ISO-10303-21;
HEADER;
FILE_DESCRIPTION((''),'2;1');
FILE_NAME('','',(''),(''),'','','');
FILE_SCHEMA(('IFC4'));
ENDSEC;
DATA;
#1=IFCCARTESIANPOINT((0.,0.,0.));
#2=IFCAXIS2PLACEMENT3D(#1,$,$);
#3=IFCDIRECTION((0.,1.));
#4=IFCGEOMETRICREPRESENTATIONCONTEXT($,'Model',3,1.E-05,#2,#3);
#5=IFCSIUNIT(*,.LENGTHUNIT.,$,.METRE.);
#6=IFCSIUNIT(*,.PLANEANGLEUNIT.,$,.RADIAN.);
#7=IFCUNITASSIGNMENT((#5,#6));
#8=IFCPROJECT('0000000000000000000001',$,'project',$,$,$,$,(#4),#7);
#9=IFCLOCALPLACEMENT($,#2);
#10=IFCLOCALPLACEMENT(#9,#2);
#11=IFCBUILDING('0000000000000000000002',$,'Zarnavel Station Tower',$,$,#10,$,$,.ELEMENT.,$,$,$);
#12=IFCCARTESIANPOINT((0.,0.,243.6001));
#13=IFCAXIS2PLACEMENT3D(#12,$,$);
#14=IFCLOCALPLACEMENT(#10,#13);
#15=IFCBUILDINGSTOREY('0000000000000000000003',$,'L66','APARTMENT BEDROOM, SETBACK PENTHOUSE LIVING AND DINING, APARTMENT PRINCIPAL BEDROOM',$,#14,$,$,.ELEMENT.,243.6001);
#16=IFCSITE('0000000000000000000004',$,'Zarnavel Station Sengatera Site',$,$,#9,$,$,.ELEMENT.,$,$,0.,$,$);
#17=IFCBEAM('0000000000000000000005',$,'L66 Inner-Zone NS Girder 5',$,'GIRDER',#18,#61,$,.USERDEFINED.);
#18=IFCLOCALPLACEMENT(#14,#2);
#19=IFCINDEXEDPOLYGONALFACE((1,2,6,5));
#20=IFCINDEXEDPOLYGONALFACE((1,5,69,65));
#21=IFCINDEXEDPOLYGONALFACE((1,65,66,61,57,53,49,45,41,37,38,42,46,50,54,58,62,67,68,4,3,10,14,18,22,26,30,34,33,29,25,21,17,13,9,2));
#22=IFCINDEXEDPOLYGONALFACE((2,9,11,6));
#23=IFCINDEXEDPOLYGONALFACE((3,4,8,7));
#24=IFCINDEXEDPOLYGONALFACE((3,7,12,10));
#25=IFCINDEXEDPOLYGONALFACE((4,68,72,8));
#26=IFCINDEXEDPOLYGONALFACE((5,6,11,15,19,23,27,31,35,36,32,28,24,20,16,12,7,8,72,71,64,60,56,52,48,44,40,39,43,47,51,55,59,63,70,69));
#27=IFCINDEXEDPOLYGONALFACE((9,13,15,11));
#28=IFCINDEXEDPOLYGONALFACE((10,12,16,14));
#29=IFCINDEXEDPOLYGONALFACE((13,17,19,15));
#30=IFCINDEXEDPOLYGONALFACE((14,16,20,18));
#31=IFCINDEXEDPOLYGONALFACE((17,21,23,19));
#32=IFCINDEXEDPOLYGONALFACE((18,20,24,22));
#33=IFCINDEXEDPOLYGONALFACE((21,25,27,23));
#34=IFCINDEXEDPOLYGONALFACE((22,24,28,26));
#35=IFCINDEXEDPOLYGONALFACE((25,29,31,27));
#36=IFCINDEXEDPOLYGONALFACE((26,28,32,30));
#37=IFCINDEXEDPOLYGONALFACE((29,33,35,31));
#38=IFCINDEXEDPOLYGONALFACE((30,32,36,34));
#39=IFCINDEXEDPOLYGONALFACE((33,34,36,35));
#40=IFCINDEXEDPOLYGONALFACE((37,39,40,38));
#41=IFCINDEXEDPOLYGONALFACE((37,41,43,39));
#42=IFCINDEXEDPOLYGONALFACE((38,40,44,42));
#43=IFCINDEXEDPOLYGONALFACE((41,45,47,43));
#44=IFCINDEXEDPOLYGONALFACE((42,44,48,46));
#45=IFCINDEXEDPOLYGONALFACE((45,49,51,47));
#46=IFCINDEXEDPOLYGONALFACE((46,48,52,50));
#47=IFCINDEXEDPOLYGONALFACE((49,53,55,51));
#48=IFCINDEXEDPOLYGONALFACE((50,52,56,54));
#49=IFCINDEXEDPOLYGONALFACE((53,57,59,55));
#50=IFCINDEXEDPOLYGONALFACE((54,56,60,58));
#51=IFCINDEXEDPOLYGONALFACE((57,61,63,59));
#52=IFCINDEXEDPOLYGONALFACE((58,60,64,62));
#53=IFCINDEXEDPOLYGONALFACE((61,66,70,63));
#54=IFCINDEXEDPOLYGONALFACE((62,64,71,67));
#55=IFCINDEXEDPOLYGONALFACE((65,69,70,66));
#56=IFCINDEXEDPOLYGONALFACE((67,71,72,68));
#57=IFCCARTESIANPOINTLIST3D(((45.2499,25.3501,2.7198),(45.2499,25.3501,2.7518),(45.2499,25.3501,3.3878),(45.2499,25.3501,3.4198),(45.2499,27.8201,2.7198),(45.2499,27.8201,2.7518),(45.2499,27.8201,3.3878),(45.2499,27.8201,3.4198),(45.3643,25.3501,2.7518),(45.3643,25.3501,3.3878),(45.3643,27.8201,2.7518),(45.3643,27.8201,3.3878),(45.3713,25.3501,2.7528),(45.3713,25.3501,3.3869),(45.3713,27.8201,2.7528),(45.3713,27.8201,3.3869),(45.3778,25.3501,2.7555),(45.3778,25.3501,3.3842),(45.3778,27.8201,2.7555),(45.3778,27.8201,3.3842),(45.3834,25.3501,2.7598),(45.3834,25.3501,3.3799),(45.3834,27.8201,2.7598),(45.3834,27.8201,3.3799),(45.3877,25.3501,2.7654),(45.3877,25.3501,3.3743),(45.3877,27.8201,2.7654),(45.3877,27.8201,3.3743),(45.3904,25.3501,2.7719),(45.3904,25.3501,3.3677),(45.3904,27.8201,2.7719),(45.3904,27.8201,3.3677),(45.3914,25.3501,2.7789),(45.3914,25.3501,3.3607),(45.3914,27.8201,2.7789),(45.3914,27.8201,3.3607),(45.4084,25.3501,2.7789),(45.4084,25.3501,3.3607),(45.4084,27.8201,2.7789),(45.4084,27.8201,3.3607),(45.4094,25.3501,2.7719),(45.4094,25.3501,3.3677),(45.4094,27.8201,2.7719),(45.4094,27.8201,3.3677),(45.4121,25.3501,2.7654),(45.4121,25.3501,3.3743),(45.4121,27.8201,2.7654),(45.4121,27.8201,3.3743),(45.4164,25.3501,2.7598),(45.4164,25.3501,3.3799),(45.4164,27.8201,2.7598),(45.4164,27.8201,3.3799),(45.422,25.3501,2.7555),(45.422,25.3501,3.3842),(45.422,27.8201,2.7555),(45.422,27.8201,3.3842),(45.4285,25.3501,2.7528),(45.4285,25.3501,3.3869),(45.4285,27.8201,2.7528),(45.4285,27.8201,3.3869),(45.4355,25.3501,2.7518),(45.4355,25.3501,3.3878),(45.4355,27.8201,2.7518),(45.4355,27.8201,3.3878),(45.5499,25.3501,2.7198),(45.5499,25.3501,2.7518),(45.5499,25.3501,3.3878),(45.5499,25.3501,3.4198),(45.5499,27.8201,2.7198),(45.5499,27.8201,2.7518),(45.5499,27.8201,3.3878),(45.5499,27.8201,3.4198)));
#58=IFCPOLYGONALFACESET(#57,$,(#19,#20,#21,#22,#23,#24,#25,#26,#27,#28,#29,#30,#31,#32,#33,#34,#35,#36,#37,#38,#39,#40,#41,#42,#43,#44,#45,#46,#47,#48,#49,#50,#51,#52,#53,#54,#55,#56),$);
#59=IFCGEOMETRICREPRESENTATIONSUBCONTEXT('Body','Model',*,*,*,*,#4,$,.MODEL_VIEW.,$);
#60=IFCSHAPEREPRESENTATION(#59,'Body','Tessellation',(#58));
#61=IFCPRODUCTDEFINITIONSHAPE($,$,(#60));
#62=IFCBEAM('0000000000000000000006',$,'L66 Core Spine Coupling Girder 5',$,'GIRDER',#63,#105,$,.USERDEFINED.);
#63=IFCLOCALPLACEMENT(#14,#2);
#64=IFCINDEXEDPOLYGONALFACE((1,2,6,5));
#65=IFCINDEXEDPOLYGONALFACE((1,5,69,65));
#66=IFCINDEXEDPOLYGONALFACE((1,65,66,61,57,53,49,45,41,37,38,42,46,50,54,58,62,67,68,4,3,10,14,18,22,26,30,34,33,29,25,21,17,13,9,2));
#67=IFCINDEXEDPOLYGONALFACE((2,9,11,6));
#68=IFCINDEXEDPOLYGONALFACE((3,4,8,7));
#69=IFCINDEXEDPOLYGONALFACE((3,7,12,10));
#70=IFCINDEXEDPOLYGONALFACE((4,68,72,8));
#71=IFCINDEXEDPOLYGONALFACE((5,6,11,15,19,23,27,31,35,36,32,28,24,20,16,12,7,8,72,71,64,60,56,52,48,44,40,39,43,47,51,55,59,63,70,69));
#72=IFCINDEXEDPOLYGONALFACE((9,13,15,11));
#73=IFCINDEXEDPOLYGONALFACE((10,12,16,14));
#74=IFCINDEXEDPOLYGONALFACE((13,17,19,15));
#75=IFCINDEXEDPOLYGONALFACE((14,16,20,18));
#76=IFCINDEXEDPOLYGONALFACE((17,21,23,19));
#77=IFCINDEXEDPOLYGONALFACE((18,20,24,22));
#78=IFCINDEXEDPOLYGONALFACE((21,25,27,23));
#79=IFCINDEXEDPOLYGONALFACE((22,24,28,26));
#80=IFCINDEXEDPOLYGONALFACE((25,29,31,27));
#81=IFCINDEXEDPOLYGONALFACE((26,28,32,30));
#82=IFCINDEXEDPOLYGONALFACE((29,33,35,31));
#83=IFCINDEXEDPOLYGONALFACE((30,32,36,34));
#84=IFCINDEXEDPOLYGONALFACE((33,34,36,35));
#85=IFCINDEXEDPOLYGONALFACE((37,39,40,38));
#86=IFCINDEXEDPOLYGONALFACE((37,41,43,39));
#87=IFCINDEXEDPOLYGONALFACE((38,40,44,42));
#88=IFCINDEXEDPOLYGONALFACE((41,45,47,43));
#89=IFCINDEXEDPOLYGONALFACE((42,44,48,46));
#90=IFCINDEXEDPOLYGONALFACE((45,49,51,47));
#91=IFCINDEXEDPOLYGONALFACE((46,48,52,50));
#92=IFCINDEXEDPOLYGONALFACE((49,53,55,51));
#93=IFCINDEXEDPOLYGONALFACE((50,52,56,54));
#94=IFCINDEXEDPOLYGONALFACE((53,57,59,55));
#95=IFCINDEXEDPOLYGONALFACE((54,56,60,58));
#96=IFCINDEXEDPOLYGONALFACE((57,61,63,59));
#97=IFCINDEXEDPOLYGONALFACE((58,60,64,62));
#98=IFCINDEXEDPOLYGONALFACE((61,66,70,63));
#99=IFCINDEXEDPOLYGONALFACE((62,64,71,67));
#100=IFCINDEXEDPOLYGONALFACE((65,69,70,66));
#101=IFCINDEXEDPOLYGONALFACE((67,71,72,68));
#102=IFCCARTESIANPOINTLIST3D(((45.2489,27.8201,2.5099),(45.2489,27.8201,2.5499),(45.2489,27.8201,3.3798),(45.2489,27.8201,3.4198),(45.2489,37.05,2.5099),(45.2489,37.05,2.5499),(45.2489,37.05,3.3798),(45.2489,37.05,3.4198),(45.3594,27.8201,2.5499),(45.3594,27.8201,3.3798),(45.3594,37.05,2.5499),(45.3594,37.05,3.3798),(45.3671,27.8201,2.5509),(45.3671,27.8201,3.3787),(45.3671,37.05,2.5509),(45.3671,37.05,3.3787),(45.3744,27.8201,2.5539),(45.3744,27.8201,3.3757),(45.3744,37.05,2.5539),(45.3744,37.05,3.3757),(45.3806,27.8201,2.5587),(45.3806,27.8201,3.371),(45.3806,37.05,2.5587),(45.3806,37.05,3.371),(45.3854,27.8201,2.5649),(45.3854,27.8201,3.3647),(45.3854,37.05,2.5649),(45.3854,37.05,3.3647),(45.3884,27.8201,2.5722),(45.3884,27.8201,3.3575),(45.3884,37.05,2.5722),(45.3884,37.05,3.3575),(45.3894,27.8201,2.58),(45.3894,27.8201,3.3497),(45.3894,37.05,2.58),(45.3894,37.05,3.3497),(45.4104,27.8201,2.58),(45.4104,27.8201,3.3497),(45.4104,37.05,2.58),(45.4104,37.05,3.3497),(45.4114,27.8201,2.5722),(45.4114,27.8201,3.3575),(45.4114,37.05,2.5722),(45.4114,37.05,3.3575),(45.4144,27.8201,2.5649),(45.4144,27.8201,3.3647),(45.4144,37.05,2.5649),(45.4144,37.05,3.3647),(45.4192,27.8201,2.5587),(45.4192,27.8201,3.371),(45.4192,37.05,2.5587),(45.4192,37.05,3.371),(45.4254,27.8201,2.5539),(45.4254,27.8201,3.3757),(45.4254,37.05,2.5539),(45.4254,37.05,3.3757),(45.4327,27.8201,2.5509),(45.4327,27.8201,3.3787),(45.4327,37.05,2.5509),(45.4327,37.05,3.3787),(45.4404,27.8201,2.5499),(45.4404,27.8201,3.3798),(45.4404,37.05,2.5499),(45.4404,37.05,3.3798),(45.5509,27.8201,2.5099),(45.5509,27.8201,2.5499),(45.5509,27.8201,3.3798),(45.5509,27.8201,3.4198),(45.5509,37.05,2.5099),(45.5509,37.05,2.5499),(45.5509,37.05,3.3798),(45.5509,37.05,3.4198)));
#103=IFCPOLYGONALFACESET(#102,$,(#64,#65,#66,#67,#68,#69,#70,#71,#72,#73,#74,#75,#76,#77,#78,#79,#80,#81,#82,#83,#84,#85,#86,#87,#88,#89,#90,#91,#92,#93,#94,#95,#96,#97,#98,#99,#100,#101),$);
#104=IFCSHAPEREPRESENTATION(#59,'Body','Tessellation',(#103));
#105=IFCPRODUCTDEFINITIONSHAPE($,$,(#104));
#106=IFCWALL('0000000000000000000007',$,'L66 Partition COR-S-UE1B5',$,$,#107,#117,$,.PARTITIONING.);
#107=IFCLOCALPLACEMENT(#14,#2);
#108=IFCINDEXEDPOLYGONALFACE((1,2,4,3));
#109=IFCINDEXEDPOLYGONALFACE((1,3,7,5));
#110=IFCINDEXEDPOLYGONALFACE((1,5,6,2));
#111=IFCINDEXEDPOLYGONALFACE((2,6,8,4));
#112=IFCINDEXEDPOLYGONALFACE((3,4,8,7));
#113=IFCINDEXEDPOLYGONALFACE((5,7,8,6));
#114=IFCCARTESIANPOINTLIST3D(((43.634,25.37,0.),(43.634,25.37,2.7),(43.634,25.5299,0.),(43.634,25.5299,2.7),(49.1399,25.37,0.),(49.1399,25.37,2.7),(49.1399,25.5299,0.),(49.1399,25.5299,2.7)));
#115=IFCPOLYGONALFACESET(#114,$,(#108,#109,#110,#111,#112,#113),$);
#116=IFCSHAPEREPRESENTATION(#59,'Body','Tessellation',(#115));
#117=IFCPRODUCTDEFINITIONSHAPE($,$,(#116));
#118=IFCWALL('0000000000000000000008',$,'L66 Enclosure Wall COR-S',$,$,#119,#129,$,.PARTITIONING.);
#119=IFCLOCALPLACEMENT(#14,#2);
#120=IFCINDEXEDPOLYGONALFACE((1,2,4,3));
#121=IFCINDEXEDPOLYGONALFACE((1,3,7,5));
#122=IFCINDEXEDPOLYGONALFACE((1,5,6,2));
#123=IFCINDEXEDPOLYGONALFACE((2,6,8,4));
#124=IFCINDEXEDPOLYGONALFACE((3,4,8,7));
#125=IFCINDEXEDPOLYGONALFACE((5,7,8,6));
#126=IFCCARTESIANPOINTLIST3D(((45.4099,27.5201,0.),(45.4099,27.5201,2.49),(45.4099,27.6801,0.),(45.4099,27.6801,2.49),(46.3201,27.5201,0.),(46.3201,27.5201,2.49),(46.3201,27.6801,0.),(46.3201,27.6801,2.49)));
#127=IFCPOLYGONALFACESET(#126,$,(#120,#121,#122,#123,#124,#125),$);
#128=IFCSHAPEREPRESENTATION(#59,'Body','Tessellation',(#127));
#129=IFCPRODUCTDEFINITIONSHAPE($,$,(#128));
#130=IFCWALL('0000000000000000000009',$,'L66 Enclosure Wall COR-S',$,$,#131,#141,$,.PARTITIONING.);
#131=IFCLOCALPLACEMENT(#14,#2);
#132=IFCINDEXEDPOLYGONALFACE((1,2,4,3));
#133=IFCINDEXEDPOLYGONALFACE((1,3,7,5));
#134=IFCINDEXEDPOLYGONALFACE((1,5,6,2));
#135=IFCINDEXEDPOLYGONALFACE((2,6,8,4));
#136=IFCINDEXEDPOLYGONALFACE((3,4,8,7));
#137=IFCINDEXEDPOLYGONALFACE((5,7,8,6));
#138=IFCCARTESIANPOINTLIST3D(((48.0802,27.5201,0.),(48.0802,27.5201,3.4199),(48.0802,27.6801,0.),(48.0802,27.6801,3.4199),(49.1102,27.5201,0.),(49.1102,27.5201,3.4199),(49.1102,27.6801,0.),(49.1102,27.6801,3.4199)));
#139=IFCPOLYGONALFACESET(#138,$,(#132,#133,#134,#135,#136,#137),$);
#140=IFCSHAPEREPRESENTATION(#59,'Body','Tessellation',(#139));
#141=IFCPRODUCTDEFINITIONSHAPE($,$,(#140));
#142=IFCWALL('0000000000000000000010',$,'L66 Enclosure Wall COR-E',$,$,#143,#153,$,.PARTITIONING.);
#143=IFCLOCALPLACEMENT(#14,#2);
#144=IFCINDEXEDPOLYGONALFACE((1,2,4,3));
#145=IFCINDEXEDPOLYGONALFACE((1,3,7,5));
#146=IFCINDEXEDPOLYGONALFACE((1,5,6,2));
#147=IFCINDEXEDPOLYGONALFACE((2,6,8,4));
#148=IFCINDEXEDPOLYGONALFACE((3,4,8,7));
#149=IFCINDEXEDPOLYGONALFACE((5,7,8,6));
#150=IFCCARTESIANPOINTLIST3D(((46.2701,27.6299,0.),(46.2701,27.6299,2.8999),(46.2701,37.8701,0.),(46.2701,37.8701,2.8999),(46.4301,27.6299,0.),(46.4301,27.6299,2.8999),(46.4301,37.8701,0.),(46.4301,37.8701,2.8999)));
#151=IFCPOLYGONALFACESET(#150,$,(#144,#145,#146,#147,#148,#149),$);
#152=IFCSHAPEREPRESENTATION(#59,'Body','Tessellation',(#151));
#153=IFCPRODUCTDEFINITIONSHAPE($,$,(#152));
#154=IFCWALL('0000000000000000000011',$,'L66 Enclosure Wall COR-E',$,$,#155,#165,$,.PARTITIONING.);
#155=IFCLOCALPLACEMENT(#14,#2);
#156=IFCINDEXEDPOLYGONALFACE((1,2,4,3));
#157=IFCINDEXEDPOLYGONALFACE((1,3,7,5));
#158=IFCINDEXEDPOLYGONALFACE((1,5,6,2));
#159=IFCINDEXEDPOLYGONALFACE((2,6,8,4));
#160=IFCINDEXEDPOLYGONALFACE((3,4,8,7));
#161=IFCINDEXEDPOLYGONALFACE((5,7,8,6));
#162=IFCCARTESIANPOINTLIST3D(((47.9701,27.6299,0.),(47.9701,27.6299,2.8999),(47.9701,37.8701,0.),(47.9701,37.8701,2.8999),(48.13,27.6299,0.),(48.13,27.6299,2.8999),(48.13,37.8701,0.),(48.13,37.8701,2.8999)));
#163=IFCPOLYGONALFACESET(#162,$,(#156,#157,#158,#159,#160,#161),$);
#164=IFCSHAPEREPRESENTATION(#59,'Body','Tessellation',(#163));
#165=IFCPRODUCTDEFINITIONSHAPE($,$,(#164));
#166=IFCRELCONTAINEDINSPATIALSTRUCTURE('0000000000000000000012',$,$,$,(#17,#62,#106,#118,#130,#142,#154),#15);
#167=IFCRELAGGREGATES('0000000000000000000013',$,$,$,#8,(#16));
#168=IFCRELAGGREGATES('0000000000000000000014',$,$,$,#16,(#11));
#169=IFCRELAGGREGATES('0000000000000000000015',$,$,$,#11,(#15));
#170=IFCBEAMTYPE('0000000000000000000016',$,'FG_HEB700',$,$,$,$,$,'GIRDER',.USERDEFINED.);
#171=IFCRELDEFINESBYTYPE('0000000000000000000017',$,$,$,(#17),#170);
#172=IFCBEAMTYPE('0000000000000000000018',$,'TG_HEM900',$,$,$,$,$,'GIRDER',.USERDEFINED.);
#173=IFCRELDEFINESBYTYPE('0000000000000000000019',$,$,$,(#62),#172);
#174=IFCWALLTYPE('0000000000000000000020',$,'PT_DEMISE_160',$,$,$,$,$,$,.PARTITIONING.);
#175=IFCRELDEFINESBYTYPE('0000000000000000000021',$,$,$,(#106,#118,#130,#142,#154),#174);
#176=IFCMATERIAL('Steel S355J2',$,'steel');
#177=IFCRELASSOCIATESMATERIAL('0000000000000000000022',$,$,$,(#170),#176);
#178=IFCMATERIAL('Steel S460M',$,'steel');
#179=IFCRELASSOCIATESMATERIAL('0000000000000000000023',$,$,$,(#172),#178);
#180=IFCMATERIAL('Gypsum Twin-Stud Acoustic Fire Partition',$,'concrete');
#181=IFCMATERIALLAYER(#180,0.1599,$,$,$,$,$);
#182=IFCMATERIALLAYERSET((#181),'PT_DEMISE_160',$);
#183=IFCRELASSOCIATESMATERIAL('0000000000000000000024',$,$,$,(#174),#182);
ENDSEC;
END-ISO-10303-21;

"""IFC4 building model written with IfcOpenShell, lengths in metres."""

from ifc_helpers import new_model, si_unit, direction, frame, frame_2d, origin, origin_2d, place, context, subcontext, project, spatial, rectangle, i_section, extrude, material, layer, layer_set, material_profile, profile_set, type_object, element, save


model = new_model("IFC4")

# Units and contexts
model_context = context("Model", 3, precision=1e-05, world=origin(), true_north=direction((0.0, 1.0)))
body_context = subcontext(model_context, "Body", "Model", "MODEL_VIEW")
ifc_project = project(units=[si_unit("LENGTHUNIT", "METRE"), si_unit("PLANEANGLEUNIT", "RADIAN")], contexts=[model_context])

# Site, building, storey
site_placement = place(None, origin())
site = spatial("IfcSite", under=ifc_project, at=site_placement, Name="Zarnavel Station Sengatera Site", CompositionType="ELEMENT", RefElevation=0.0)
building_placement = place(site_placement, origin())
building = spatial("IfcBuilding", under=site, at=building_placement, Name="Zarnavel Station Tower", CompositionType="ELEMENT")
storey_placement = place(building_placement, frame((0.0, 0.0, 243.6001)))
storey = spatial("IfcBuildingStorey", under=building, at=storey_placement, Name="L66", Description="APARTMENT BEDROOM, SETBACK PENTHOUSE LIVING AND DINING, APARTMENT PRINCIPAL BEDROOM", CompositionType="ELEMENT", Elevation=243.6001)

# Beams
ifc_material_1 = material(Name="Steel S355J2", Category="steel")
ifc_material_profile_1 = material_profile(ifc_material_1, i_section(OverallWidth=0.3, OverallDepth=0.7, WebThickness=0.0171, FlangeThickness=0.032, FilletRadius=0.0271, at=origin_2d()), Name="HEB700")
ifc_profile_set_1 = profile_set([ifc_material_profile_1], Name="Steel S355J2")
beam_type_1 = type_object("IfcBeamType", Name="FG_HEB700", ElementType="GIRDER", PredefinedType="USERDEFINED", material=ifc_profile_set_1)
beam_1_placement = place(storey_placement, frame((45.3999, 25.3501, 3.0698), z_axis=(0.0, 1.0, 0.0), x_axis=(-1.0, 0.0, 0.0)))
element("IfcBeam", 1, at=beam_1_placement, inside=storey, type_object=beam_type_1, Name="L66 Inner-Zone NS Girder 5", ObjectType="GIRDER", PredefinedType="USERDEFINED", context=body_context, shape_type="SweptSolid", body=[
    extrude(i_section(OverallWidth=0.3, OverallDepth=0.7, WebThickness=0.0171, FlangeThickness=0.032, FilletRadius=0.0271, at=origin_2d()), origin(), (0.0, 0.0, 1.0), 2.47),
])
ifc_material_2 = material(Name="Steel S460M", Category="steel")
ifc_material_profile_2 = material_profile(ifc_material_2, i_section(OverallWidth=0.302, OverallDepth=0.9099, WebThickness=0.021, FlangeThickness=0.04, FilletRadius=0.03, at=origin_2d()), Name="HEM900")
ifc_profile_set_2 = profile_set([ifc_material_profile_2], Name="Steel S460M")
beam_type_2 = type_object("IfcBeamType", Name="TG_HEM900", ElementType="GIRDER", PredefinedType="USERDEFINED", material=ifc_profile_set_2)
beam_2_placement = place(storey_placement, frame((45.3999, 27.8201, 2.9648), z_axis=(0.0, 1.0, 0.0), x_axis=(-1.0, 0.0, 0.0)))
element("IfcBeam", 2, at=beam_2_placement, inside=storey, type_object=beam_type_2, Name="L66 Core Spine Coupling Girder 5", ObjectType="GIRDER", PredefinedType="USERDEFINED", context=body_context, shape_type="SweptSolid", body=[
    extrude(i_section(OverallWidth=0.302, OverallDepth=0.9099, WebThickness=0.021, FlangeThickness=0.04, FilletRadius=0.03, at=origin_2d()), origin(), (0.0, 0.0, 1.0), 9.23),
])

# Shared definitions
ifc_material_3 = material(Name="Gypsum Twin-Stud Acoustic Fire Partition", Category="concrete")
ifc_layer_1 = layer(ifc_material_3, 0.1599)
ifc_layer_set_1 = layer_set([ifc_layer_1], Name="PT_DEMISE_160")
wall_type_1 = type_object("IfcWallType", Name="PT_DEMISE_160", PredefinedType="PARTITIONING", material=ifc_layer_set_1)

# Walls
wall_1_placement = place(storey_placement, frame((43.634, 25.45, 0.0), z_axis=(0.0, 0.0, 1.0), x_axis=(1.0, 0.0, 0.0)))
element("IfcWall", 3, at=wall_1_placement, inside=storey, type_object=wall_type_1, Name="L66 Partition COR-S-UE1B5", PredefinedType="PARTITIONING", context=body_context, shape_type="SweptSolid", body=[
    extrude(rectangle(XDim=5.5059, YDim=0.1599, at=frame_2d((2.7529, 0.0))), origin(), (0.0, 0.0, 1.0), 2.7),
])
wall_2_placement = place(storey_placement, frame((45.4099, 27.6001, 0.0), z_axis=(0.0, 0.0, 1.0), x_axis=(1.0, 0.0, 0.0)))
element("IfcWall", 4, at=wall_2_placement, inside=storey, type_object=wall_type_1, Name="L66 Enclosure Wall COR-S", PredefinedType="PARTITIONING", context=body_context, shape_type="SweptSolid", body=[
    extrude(rectangle(XDim=0.9102, YDim=0.1599, at=frame_2d((0.4551, 0.0))), origin(), (0.0, 0.0, 1.0), 2.49),
])
wall_3_placement = place(storey_placement, frame((48.0801, 27.6001, 0.0), z_axis=(0.0, 0.0, 1.0), x_axis=(1.0, 0.0, 0.0)))
element("IfcWall", 5, at=wall_3_placement, inside=storey, type_object=wall_type_1, Name="L66 Enclosure Wall COR-S", PredefinedType="PARTITIONING", context=body_context, shape_type="SweptSolid", body=[
    extrude(rectangle(XDim=1.03, YDim=0.1599, at=frame_2d((0.5151, 0.0))), origin(), (0.0, 0.0, 1.0), 3.4199),
])
for number, where, z_axis, x_axis, name in (
    (6, (46.3501, 27.6299, 0.0), (0.0, 0.0, 1.0), (0.0, 1.0, 0.0), "L66 Enclosure Wall COR-E"),
    (7, (48.05, 27.6299, 0.0), (0.0, 0.0, 1.0), (0.0, 1.0, 0.0), "L66 Enclosure Wall COR-E"),
):
    element("IfcWall", number, at=place(storey_placement, frame(where, z_axis=z_axis, x_axis=x_axis)), inside=storey, type_object=wall_type_1, Name=name, PredefinedType="PARTITIONING", context=body_context, shape_type="SweptSolid", body=[
        extrude(rectangle(XDim=10.2402, YDim=0.1599, at=frame_2d((5.1201, 0.0))), origin(), (0.0, 0.0, 1.0), 2.8999),
    ])

save(model, "model.ifc")
